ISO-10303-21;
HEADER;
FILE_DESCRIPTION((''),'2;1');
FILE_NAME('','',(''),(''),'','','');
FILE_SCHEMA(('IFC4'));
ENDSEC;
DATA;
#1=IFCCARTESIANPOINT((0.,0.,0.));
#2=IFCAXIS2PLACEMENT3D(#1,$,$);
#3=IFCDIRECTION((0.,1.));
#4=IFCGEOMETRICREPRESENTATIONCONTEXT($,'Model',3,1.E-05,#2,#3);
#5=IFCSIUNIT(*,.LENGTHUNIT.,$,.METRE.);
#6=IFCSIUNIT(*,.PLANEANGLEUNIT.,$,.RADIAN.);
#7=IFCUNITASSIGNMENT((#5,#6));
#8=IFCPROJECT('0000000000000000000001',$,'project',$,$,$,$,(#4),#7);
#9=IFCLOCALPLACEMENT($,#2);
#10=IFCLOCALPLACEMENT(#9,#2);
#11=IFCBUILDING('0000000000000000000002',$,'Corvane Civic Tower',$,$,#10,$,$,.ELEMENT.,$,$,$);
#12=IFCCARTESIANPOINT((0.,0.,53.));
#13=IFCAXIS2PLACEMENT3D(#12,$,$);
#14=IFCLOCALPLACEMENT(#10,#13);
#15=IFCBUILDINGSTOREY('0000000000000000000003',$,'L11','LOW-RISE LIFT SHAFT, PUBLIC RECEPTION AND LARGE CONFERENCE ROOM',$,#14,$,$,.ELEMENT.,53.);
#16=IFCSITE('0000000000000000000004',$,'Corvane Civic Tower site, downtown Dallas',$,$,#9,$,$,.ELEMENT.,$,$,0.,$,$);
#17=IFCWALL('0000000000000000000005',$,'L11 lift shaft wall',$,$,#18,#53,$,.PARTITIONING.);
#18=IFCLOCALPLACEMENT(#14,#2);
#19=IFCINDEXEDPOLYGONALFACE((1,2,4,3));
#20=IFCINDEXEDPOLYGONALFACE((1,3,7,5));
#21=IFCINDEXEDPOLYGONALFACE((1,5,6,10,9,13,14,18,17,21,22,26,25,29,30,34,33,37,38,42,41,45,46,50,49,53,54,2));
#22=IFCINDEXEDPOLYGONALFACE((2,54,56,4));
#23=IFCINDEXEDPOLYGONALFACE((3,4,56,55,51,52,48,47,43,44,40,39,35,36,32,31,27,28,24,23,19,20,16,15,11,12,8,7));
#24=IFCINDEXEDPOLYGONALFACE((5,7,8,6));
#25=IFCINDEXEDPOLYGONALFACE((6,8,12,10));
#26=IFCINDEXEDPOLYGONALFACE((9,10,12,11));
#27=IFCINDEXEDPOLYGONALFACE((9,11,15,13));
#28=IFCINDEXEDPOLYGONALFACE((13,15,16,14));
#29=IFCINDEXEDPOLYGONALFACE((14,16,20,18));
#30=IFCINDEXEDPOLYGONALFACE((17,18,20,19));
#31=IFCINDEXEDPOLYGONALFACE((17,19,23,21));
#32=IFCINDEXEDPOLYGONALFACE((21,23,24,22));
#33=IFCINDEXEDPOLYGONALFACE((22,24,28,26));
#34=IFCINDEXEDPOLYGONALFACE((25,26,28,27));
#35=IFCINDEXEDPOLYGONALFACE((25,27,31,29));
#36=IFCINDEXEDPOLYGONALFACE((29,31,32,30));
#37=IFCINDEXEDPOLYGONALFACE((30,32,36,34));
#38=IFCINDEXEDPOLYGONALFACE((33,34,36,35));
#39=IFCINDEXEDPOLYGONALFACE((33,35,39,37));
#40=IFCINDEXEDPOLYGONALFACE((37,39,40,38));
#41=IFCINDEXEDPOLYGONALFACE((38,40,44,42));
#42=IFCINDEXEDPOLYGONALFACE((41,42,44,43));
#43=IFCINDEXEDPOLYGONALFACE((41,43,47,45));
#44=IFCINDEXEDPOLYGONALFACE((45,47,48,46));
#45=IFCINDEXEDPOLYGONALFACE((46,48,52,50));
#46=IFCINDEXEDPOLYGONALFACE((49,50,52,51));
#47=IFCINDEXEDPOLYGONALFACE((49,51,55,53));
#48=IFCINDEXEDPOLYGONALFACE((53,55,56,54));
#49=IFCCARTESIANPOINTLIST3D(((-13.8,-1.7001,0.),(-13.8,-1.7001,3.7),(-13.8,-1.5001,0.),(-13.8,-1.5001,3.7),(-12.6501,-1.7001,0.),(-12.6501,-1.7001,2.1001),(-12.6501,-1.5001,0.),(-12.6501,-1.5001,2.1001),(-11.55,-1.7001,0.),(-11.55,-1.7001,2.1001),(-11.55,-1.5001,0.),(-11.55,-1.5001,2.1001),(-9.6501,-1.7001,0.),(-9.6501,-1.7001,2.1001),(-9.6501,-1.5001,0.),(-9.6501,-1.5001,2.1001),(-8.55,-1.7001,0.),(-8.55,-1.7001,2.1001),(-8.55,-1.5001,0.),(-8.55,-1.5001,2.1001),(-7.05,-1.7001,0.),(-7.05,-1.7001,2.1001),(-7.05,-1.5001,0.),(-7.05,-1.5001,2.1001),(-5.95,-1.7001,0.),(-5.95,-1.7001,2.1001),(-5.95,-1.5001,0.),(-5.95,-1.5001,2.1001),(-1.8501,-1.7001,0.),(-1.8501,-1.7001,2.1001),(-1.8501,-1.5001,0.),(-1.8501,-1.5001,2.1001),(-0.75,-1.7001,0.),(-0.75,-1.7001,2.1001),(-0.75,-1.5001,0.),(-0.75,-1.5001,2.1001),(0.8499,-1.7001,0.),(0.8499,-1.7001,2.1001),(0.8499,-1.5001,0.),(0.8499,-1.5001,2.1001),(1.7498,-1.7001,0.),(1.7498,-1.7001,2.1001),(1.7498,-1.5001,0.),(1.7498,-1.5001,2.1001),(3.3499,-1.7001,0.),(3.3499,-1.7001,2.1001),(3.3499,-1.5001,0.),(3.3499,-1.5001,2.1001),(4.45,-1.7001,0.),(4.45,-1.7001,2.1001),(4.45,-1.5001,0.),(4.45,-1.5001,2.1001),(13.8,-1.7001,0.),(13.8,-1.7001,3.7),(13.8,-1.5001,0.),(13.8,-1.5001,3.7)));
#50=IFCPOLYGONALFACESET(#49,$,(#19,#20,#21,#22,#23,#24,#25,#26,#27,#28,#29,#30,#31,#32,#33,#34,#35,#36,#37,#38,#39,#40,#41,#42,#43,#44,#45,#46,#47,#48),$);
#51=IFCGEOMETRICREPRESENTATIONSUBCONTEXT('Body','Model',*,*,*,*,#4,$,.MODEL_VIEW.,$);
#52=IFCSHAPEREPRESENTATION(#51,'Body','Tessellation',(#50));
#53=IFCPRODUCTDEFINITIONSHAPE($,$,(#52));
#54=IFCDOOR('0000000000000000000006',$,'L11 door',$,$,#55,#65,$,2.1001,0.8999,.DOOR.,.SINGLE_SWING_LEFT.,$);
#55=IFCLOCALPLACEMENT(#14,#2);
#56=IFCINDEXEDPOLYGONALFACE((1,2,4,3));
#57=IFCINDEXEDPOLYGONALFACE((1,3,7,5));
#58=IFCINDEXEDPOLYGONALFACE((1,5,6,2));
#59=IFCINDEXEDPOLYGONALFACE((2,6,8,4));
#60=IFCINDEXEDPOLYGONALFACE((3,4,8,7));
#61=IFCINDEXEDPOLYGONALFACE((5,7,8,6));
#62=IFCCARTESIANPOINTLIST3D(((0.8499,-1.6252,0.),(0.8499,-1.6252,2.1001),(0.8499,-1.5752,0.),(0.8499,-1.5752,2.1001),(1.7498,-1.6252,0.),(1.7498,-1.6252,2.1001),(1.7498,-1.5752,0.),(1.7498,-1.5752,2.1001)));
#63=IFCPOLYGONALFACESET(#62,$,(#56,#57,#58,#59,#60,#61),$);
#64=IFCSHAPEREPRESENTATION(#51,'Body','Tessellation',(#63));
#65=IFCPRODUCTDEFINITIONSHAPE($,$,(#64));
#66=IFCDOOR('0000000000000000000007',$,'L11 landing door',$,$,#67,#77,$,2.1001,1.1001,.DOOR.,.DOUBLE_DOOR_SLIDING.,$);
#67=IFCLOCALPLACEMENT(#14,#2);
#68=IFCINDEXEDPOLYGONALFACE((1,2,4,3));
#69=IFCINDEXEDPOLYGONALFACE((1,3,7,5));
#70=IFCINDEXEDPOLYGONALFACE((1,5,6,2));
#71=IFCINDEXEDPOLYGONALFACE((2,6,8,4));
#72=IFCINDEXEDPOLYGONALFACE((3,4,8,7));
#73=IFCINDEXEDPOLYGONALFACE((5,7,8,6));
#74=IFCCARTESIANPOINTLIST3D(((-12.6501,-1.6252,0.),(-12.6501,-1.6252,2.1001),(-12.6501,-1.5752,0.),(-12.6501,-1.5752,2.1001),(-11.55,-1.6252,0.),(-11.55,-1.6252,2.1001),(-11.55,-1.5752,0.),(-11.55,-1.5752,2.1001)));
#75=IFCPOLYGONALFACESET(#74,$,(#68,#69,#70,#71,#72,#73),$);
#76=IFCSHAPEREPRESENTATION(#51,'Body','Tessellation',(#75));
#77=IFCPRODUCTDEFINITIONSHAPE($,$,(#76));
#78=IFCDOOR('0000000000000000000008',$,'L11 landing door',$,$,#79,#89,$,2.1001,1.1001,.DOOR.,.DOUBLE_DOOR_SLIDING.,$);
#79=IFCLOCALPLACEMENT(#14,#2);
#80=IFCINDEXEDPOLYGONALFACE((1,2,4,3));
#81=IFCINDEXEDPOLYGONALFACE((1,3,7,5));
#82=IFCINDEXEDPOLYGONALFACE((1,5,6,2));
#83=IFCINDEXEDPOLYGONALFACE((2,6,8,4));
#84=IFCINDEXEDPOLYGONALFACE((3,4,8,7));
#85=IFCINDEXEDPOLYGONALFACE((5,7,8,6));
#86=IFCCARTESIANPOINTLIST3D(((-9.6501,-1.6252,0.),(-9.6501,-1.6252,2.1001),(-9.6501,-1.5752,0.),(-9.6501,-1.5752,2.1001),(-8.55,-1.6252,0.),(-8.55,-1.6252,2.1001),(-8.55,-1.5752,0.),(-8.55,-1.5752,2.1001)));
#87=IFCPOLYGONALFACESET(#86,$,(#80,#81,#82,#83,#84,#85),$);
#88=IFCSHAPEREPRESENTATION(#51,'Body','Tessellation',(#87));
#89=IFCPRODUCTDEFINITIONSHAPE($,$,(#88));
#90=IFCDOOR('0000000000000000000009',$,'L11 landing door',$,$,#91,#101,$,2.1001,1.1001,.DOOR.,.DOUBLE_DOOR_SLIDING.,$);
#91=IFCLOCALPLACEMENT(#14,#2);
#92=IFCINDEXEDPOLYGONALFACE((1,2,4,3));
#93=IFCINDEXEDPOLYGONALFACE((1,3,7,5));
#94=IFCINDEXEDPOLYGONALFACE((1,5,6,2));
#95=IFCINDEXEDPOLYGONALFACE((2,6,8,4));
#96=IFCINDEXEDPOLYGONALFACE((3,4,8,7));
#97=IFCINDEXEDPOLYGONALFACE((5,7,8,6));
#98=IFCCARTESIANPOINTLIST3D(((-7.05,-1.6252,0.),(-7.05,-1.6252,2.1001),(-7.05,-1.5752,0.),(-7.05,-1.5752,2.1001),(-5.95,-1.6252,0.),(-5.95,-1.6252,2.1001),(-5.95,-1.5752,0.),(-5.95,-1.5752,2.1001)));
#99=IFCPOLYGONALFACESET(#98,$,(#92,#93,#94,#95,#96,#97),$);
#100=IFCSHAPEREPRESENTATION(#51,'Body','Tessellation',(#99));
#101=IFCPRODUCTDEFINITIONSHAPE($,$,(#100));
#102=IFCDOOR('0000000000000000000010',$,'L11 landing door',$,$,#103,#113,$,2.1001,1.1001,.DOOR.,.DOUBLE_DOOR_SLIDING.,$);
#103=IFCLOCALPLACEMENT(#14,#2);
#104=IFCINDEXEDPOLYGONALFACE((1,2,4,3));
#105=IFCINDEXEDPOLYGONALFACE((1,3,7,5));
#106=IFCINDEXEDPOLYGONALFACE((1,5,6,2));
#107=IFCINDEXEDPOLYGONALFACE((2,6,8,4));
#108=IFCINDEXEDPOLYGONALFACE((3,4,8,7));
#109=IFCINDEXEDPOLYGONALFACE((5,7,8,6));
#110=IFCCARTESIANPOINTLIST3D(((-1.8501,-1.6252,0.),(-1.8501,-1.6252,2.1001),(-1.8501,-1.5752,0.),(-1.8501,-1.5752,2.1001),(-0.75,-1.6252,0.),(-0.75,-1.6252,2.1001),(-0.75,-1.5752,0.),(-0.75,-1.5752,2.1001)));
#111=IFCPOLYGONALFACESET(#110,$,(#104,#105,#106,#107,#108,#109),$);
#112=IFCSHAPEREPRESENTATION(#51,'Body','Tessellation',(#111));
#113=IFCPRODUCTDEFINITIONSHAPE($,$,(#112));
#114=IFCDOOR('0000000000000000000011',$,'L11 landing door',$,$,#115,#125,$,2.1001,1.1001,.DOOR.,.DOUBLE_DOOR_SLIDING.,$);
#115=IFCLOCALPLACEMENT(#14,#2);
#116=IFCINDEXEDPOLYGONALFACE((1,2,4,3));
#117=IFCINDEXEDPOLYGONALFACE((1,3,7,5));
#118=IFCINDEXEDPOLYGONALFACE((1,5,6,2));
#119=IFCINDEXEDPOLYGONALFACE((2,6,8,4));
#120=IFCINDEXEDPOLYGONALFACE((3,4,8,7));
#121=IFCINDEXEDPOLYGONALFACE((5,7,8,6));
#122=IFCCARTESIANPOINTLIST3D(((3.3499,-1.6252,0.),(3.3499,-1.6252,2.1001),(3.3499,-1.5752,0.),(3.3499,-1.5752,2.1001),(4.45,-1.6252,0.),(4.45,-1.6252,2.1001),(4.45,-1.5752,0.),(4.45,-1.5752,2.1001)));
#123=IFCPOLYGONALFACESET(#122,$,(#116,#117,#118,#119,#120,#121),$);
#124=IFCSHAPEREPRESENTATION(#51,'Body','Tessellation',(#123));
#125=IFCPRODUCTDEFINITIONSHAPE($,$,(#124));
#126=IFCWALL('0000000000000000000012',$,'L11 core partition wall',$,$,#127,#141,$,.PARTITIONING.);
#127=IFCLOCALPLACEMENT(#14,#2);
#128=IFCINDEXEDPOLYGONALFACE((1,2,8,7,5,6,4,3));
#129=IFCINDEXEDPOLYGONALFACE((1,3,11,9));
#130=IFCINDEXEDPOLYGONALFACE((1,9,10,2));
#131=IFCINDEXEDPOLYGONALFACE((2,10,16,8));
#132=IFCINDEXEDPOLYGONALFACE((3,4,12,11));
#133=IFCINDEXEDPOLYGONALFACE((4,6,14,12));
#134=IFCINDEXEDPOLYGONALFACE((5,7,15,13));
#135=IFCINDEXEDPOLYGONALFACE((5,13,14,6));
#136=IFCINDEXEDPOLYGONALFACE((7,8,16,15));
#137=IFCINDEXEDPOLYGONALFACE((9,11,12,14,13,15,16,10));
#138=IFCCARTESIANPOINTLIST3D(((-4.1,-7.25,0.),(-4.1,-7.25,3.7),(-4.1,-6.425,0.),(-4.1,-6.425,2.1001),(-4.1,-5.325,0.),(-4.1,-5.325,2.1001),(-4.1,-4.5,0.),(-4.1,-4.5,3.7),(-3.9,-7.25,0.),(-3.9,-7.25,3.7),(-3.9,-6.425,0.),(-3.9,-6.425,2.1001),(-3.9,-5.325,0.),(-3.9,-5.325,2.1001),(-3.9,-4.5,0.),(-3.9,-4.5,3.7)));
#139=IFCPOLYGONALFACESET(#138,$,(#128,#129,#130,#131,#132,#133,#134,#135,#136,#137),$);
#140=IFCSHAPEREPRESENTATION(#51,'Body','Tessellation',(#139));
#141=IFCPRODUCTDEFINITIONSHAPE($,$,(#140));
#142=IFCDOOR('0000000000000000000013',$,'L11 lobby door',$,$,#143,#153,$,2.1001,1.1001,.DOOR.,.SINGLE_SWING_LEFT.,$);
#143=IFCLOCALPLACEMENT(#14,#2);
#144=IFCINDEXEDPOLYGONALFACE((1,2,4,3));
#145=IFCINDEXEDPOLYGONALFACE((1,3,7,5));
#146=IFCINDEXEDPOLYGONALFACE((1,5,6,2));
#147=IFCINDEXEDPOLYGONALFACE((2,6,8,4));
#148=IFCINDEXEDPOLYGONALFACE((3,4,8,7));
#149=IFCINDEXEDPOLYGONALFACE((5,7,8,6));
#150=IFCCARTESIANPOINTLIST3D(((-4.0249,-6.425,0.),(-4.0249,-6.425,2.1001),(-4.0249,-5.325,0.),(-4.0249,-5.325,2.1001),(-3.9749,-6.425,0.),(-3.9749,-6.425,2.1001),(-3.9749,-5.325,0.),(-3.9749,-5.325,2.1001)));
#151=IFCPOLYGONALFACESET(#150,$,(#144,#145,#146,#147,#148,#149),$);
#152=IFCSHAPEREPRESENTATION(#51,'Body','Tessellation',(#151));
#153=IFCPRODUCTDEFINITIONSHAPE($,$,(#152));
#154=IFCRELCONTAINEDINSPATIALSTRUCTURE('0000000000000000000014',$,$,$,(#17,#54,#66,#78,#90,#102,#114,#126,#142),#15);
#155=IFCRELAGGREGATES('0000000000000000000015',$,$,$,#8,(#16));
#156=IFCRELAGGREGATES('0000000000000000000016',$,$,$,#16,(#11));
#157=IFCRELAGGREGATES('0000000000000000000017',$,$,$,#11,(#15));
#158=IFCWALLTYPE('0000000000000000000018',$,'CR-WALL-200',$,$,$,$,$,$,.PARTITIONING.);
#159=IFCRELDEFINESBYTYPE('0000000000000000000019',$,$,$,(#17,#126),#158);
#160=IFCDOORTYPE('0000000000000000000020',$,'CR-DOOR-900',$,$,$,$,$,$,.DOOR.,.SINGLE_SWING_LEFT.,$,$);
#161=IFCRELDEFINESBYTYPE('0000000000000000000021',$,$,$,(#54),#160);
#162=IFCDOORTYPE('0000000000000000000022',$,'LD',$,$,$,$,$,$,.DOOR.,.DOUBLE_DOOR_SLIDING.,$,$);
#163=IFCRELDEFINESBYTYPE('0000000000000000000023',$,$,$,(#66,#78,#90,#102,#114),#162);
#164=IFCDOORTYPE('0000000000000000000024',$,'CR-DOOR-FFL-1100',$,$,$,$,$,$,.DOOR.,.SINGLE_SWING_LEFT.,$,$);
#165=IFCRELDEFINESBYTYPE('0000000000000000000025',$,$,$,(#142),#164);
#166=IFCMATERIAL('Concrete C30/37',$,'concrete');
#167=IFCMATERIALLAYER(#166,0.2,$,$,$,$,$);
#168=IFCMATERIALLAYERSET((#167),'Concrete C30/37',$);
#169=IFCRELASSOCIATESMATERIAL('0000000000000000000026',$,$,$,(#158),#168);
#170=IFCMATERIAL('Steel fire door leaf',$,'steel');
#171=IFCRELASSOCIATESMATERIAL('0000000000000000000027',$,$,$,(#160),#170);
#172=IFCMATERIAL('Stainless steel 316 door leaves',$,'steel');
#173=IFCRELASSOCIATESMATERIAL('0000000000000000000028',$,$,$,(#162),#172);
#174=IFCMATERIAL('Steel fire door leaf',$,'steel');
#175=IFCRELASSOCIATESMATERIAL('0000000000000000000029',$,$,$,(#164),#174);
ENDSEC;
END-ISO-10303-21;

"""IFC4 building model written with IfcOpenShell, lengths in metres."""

from ifc_helpers import new_model, si_unit, direction, frame, frame_2d, origin, place, context, subcontext, project, spatial, rectangle, extrude, material, layer, layer_set, type_object, element, fill, save


model = new_model("IFC4")

# Units and contexts
model_context = context("Model", 3, precision=1e-05, world=origin(), true_north=direction((0.0, 1.0)))
body_context = subcontext(model_context, "Body", "Model", "MODEL_VIEW")
ifc_project = project(units=[si_unit("LENGTHUNIT", "METRE"), si_unit("PLANEANGLEUNIT", "RADIAN")], contexts=[model_context])

# Site, building, storey
site_placement = place(None, origin())
site = spatial("IfcSite", under=ifc_project, at=site_placement, Name="Corvane Civic Tower site, downtown Dallas", CompositionType="ELEMENT", RefElevation=0.0)
building_placement = place(site_placement, origin())
building = spatial("IfcBuilding", under=site, at=building_placement, Name="Corvane Civic Tower", CompositionType="ELEMENT")
storey_placement = place(building_placement, frame((0.0, 0.0, 53.0)))
storey = spatial("IfcBuildingStorey", under=building, at=storey_placement, Name="L11", Description="LOW-RISE LIFT SHAFT, PUBLIC RECEPTION AND LARGE CONFERENCE ROOM", CompositionType="ELEMENT", Elevation=53.0)

# Shared definitions
ifc_material_1 = material(Name="Concrete C30/37", Category="concrete")
ifc_layer_1 = layer(ifc_material_1, 0.2)
ifc_layer_set_1 = layer_set([ifc_layer_1], Name="Concrete C30/37")
wall_type_1 = type_object("IfcWallType", Name="CR-WALL-200", PredefinedType="PARTITIONING", material=ifc_layer_set_1)
ifc_material_2 = material(Name="Steel fire door leaf", Category="steel")
door_type_1 = type_object("IfcDoorType", Name="CR-DOOR-900", OperationType="SINGLE_SWING_LEFT", PredefinedType="DOOR", material=ifc_material_2)

# Wall, openings, doors
wall_1_placement = place(storey_placement, frame((-13.8, -1.6001, 0.0), z_axis=(0.0, 0.0, 1.0), x_axis=(1.0, 0.0, 0.0)))
wall_1 = element("IfcWall", 1, at=wall_1_placement, inside=storey, type_object=wall_type_1, Name="L11 lift shaft wall", PredefinedType="PARTITIONING", context=body_context, shape_type="SweptSolid", body=[
    extrude(rectangle(XDim=27.6001, YDim=0.2, at=frame_2d((13.8, 0.0))), origin(), (0.0, 0.0, 1.0), 3.7),
])
opening_1_placement = place(wall_1_placement, frame((1.1499, 0.0, 0.0)))
opening_1 = element("IfcOpeningElement", 2, at=opening_1_placement, cuts=wall_1, PredefinedType="OPENING", context=body_context, shape_type="SweptSolid", body=[
    extrude(rectangle(XDim=1.1001, YDim=2.1001, at=frame_2d((0.55, 1.05))), frame((0.0, 0.1099, 0.0), z_axis=(0.0, -1.0, 0.0), x_axis=(1.0, 0.0, 0.0)), (0.0, 0.0, 1.0), 0.22),
])
opening_2_placement = place(wall_1_placement, frame((4.1499, 0.0, 0.0)))
opening_2 = element("IfcOpeningElement", 3, at=opening_2_placement, cuts=wall_1, PredefinedType="OPENING", context=body_context, shape_type="SweptSolid", body=[
    extrude(rectangle(XDim=1.1001, YDim=2.1001, at=frame_2d((0.55, 1.05))), frame((0.0, 0.1099, 0.0), z_axis=(0.0, -1.0, 0.0), x_axis=(1.0, 0.0, 0.0)), (0.0, 0.0, 1.0), 0.22),
])
opening_3_placement = place(wall_1_placement, frame((6.75, 0.0, 0.0)))
opening_3 = element("IfcOpeningElement", 4, at=opening_3_placement, cuts=wall_1, PredefinedType="OPENING", context=body_context, shape_type="SweptSolid", body=[
    extrude(rectangle(XDim=1.1001, YDim=2.1001, at=frame_2d((0.55, 1.05))), frame((0.0, 0.1099, 0.0), z_axis=(0.0, -1.0, 0.0), x_axis=(1.0, 0.0, 0.0)), (0.0, 0.0, 1.0), 0.22),
])
opening_4_placement = place(wall_1_placement, frame((11.95, 0.0, 0.0)))
opening_4 = element("IfcOpeningElement", 5, at=opening_4_placement, cuts=wall_1, PredefinedType="OPENING", context=body_context, shape_type="SweptSolid", body=[
    extrude(rectangle(XDim=1.1001, YDim=2.1001, at=frame_2d((0.55, 1.05))), frame((0.0, 0.1099, 0.0), z_axis=(0.0, -1.0, 0.0), x_axis=(1.0, 0.0, 0.0)), (0.0, 0.0, 1.0), 0.22),
])
opening_5_placement = place(wall_1_placement, frame((14.6499, 0.0, 0.0)))
opening_5 = element("IfcOpeningElement", 6, at=opening_5_placement, cuts=wall_1, PredefinedType="OPENING", context=body_context, shape_type="SweptSolid", body=[
    extrude(rectangle(XDim=0.8999, YDim=2.1001, at=frame_2d((0.45, 1.05))), frame((0.0, 0.1099, 0.0), z_axis=(0.0, -1.0, 0.0), x_axis=(1.0, 0.0, 0.0)), (0.0, 0.0, 1.0), 0.22),
])
opening_6_placement = place(wall_1_placement, frame((17.1499, 0.0, 0.0)))
opening_6 = element("IfcOpeningElement", 7, at=opening_6_placement, cuts=wall_1, PredefinedType="OPENING", context=body_context, shape_type="SweptSolid", body=[
    extrude(rectangle(XDim=1.1001, YDim=2.1001, at=frame_2d((0.55, 1.05))), frame((0.0, 0.1099, 0.0), z_axis=(0.0, -1.0, 0.0), x_axis=(1.0, 0.0, 0.0)), (0.0, 0.0, 1.0), 0.22),
])
door_1_placement = place(opening_5_placement, origin())
door_1 = element("IfcDoor", 8, at=door_1_placement, inside=storey, type_object=door_type_1, Name="L11 door", OperationType="SINGLE_SWING_LEFT", OverallHeight=2.1001, OverallWidth=0.8999, PredefinedType="DOOR", context=body_context, shape_type="SweptSolid", body=[
    extrude(rectangle(XDim=0.8999, YDim=2.1001, at=frame_2d((0.45, 1.05))), frame((0.0, 0.0249, 0.0), z_axis=(0.0, -1.0, 0.0), x_axis=(1.0, 0.0, 0.0)), (0.0, 0.0, 1.0), 0.05),
])
fill(opening_5, door_1)
ifc_material_3 = material(Name="Stainless steel 316 door leaves", Category="steel")
door_type_2 = type_object("IfcDoorType", Name="LD", OperationType="DOUBLE_DOOR_SLIDING", PredefinedType="DOOR", material=ifc_material_3)
door_2_placement = place(opening_1_placement, origin())
door_2 = element("IfcDoor", 9, at=door_2_placement, inside=storey, type_object=door_type_2, Name="L11 landing door", OperationType="DOUBLE_DOOR_SLIDING", OverallHeight=2.1001, OverallWidth=1.1001, PredefinedType="DOOR", context=body_context, shape_type="SweptSolid", body=[
    extrude(rectangle(XDim=1.1001, YDim=2.1001, at=frame_2d((0.55, 1.05))), frame((0.0, 0.0249, 0.0), z_axis=(0.0, -1.0, 0.0), x_axis=(1.0, 0.0, 0.0)), (0.0, 0.0, 1.0), 0.05),
])
fill(opening_1, door_2)
door_3_placement = place(opening_2_placement, origin())
door_3 = element("IfcDoor", 10, at=door_3_placement, inside=storey, type_object=door_type_2, Name="L11 landing door", OperationType="DOUBLE_DOOR_SLIDING", OverallHeight=2.1001, OverallWidth=1.1001, PredefinedType="DOOR", context=body_context, shape_type="SweptSolid", body=[
    extrude(rectangle(XDim=1.1001, YDim=2.1001, at=frame_2d((0.55, 1.05))), frame((0.0, 0.0249, 0.0), z_axis=(0.0, -1.0, 0.0), x_axis=(1.0, 0.0, 0.0)), (0.0, 0.0, 1.0), 0.05),
])
fill(opening_2, door_3)
door_4_placement = place(opening_3_placement, origin())
door_4 = element("IfcDoor", 11, at=door_4_placement, inside=storey, type_object=door_type_2, Name="L11 landing door", OperationType="DOUBLE_DOOR_SLIDING", OverallHeight=2.1001, OverallWidth=1.1001, PredefinedType="DOOR", context=body_context, shape_type="SweptSolid", body=[
    extrude(rectangle(XDim=1.1001, YDim=2.1001, at=frame_2d((0.55, 1.05))), frame((0.0, 0.0249, 0.0), z_axis=(0.0, -1.0, 0.0), x_axis=(1.0, 0.0, 0.0)), (0.0, 0.0, 1.0), 0.05),
])
fill(opening_3, door_4)
door_5_placement = place(opening_4_placement, origin())
door_5 = element("IfcDoor", 12, at=door_5_placement, inside=storey, type_object=door_type_2, Name="L11 landing door", OperationType="DOUBLE_DOOR_SLIDING", OverallHeight=2.1001, OverallWidth=1.1001, PredefinedType="DOOR", context=body_context, shape_type="SweptSolid", body=[
    extrude(rectangle(XDim=1.1001, YDim=2.1001, at=frame_2d((0.55, 1.05))), frame((0.0, 0.0249, 0.0), z_axis=(0.0, -1.0, 0.0), x_axis=(1.0, 0.0, 0.0)), (0.0, 0.0, 1.0), 0.05),
])
fill(opening_4, door_5)
door_6_placement = place(opening_6_placement, origin())
door_6 = element("IfcDoor", 13, at=door_6_placement, inside=storey, type_object=door_type_2, Name="L11 landing door", OperationType="DOUBLE_DOOR_SLIDING", OverallHeight=2.1001, OverallWidth=1.1001, PredefinedType="DOOR", context=body_context, shape_type="SweptSolid", body=[
    extrude(rectangle(XDim=1.1001, YDim=2.1001, at=frame_2d((0.55, 1.05))), frame((0.0, 0.0249, 0.0), z_axis=(0.0, -1.0, 0.0), x_axis=(1.0, 0.0, 0.0)), (0.0, 0.0, 1.0), 0.05),
])
fill(opening_6, door_6)

# Wall, opening, door
wall_2_placement = place(storey_placement, frame((-4.0, -7.25, 0.0), z_axis=(0.0, 0.0, 1.0), x_axis=(0.0, 1.0, 0.0)))
wall_2 = element("IfcWall", 14, at=wall_2_placement, inside=storey, type_object=wall_type_1, Name="L11 core partition wall", PredefinedType="PARTITIONING", context=body_context, shape_type="SweptSolid", body=[
    extrude(rectangle(XDim=2.75, YDim=0.2, at=frame_2d((1.375, 0.0))), origin(), (0.0, 0.0, 1.0), 3.7),
])
opening_7_placement = place(wall_2_placement, frame((0.825, 0.0, 0.0)))
opening_7 = element("IfcOpeningElement", 15, at=opening_7_placement, cuts=wall_2, PredefinedType="OPENING", context=body_context, shape_type="SweptSolid", body=[
    extrude(rectangle(XDim=1.1001, YDim=2.1001, at=frame_2d((0.55, 1.05))), frame((0.0, 0.1099, 0.0), z_axis=(0.0, -1.0, 0.0), x_axis=(1.0, 0.0, 0.0)), (0.0, 0.0, 1.0), 0.22),
])
ifc_material_4 = material(Name="Steel fire door leaf", Category="steel")
door_type_3 = type_object("IfcDoorType", Name="CR-DOOR-FFL-1100", OperationType="SINGLE_SWING_LEFT", PredefinedType="DOOR", material=ifc_material_4)
door_7_placement = place(opening_7_placement, origin())
door_7 = element("IfcDoor", 16, at=door_7_placement, inside=storey, type_object=door_type_3, Name="L11 lobby door", OperationType="SINGLE_SWING_LEFT", OverallHeight=2.1001, OverallWidth=1.1001, PredefinedType="DOOR", context=body_context, shape_type="SweptSolid", body=[
    extrude(rectangle(XDim=1.1001, YDim=2.1001, at=frame_2d((0.55, 1.05))), frame((0.0, 0.0249, 0.0), z_axis=(0.0, -1.0, 0.0), x_axis=(1.0, 0.0, 0.0)), (0.0, 0.0, 1.0), 0.05),
])
fill(opening_7, door_7)

save(model, "model.ifc")
